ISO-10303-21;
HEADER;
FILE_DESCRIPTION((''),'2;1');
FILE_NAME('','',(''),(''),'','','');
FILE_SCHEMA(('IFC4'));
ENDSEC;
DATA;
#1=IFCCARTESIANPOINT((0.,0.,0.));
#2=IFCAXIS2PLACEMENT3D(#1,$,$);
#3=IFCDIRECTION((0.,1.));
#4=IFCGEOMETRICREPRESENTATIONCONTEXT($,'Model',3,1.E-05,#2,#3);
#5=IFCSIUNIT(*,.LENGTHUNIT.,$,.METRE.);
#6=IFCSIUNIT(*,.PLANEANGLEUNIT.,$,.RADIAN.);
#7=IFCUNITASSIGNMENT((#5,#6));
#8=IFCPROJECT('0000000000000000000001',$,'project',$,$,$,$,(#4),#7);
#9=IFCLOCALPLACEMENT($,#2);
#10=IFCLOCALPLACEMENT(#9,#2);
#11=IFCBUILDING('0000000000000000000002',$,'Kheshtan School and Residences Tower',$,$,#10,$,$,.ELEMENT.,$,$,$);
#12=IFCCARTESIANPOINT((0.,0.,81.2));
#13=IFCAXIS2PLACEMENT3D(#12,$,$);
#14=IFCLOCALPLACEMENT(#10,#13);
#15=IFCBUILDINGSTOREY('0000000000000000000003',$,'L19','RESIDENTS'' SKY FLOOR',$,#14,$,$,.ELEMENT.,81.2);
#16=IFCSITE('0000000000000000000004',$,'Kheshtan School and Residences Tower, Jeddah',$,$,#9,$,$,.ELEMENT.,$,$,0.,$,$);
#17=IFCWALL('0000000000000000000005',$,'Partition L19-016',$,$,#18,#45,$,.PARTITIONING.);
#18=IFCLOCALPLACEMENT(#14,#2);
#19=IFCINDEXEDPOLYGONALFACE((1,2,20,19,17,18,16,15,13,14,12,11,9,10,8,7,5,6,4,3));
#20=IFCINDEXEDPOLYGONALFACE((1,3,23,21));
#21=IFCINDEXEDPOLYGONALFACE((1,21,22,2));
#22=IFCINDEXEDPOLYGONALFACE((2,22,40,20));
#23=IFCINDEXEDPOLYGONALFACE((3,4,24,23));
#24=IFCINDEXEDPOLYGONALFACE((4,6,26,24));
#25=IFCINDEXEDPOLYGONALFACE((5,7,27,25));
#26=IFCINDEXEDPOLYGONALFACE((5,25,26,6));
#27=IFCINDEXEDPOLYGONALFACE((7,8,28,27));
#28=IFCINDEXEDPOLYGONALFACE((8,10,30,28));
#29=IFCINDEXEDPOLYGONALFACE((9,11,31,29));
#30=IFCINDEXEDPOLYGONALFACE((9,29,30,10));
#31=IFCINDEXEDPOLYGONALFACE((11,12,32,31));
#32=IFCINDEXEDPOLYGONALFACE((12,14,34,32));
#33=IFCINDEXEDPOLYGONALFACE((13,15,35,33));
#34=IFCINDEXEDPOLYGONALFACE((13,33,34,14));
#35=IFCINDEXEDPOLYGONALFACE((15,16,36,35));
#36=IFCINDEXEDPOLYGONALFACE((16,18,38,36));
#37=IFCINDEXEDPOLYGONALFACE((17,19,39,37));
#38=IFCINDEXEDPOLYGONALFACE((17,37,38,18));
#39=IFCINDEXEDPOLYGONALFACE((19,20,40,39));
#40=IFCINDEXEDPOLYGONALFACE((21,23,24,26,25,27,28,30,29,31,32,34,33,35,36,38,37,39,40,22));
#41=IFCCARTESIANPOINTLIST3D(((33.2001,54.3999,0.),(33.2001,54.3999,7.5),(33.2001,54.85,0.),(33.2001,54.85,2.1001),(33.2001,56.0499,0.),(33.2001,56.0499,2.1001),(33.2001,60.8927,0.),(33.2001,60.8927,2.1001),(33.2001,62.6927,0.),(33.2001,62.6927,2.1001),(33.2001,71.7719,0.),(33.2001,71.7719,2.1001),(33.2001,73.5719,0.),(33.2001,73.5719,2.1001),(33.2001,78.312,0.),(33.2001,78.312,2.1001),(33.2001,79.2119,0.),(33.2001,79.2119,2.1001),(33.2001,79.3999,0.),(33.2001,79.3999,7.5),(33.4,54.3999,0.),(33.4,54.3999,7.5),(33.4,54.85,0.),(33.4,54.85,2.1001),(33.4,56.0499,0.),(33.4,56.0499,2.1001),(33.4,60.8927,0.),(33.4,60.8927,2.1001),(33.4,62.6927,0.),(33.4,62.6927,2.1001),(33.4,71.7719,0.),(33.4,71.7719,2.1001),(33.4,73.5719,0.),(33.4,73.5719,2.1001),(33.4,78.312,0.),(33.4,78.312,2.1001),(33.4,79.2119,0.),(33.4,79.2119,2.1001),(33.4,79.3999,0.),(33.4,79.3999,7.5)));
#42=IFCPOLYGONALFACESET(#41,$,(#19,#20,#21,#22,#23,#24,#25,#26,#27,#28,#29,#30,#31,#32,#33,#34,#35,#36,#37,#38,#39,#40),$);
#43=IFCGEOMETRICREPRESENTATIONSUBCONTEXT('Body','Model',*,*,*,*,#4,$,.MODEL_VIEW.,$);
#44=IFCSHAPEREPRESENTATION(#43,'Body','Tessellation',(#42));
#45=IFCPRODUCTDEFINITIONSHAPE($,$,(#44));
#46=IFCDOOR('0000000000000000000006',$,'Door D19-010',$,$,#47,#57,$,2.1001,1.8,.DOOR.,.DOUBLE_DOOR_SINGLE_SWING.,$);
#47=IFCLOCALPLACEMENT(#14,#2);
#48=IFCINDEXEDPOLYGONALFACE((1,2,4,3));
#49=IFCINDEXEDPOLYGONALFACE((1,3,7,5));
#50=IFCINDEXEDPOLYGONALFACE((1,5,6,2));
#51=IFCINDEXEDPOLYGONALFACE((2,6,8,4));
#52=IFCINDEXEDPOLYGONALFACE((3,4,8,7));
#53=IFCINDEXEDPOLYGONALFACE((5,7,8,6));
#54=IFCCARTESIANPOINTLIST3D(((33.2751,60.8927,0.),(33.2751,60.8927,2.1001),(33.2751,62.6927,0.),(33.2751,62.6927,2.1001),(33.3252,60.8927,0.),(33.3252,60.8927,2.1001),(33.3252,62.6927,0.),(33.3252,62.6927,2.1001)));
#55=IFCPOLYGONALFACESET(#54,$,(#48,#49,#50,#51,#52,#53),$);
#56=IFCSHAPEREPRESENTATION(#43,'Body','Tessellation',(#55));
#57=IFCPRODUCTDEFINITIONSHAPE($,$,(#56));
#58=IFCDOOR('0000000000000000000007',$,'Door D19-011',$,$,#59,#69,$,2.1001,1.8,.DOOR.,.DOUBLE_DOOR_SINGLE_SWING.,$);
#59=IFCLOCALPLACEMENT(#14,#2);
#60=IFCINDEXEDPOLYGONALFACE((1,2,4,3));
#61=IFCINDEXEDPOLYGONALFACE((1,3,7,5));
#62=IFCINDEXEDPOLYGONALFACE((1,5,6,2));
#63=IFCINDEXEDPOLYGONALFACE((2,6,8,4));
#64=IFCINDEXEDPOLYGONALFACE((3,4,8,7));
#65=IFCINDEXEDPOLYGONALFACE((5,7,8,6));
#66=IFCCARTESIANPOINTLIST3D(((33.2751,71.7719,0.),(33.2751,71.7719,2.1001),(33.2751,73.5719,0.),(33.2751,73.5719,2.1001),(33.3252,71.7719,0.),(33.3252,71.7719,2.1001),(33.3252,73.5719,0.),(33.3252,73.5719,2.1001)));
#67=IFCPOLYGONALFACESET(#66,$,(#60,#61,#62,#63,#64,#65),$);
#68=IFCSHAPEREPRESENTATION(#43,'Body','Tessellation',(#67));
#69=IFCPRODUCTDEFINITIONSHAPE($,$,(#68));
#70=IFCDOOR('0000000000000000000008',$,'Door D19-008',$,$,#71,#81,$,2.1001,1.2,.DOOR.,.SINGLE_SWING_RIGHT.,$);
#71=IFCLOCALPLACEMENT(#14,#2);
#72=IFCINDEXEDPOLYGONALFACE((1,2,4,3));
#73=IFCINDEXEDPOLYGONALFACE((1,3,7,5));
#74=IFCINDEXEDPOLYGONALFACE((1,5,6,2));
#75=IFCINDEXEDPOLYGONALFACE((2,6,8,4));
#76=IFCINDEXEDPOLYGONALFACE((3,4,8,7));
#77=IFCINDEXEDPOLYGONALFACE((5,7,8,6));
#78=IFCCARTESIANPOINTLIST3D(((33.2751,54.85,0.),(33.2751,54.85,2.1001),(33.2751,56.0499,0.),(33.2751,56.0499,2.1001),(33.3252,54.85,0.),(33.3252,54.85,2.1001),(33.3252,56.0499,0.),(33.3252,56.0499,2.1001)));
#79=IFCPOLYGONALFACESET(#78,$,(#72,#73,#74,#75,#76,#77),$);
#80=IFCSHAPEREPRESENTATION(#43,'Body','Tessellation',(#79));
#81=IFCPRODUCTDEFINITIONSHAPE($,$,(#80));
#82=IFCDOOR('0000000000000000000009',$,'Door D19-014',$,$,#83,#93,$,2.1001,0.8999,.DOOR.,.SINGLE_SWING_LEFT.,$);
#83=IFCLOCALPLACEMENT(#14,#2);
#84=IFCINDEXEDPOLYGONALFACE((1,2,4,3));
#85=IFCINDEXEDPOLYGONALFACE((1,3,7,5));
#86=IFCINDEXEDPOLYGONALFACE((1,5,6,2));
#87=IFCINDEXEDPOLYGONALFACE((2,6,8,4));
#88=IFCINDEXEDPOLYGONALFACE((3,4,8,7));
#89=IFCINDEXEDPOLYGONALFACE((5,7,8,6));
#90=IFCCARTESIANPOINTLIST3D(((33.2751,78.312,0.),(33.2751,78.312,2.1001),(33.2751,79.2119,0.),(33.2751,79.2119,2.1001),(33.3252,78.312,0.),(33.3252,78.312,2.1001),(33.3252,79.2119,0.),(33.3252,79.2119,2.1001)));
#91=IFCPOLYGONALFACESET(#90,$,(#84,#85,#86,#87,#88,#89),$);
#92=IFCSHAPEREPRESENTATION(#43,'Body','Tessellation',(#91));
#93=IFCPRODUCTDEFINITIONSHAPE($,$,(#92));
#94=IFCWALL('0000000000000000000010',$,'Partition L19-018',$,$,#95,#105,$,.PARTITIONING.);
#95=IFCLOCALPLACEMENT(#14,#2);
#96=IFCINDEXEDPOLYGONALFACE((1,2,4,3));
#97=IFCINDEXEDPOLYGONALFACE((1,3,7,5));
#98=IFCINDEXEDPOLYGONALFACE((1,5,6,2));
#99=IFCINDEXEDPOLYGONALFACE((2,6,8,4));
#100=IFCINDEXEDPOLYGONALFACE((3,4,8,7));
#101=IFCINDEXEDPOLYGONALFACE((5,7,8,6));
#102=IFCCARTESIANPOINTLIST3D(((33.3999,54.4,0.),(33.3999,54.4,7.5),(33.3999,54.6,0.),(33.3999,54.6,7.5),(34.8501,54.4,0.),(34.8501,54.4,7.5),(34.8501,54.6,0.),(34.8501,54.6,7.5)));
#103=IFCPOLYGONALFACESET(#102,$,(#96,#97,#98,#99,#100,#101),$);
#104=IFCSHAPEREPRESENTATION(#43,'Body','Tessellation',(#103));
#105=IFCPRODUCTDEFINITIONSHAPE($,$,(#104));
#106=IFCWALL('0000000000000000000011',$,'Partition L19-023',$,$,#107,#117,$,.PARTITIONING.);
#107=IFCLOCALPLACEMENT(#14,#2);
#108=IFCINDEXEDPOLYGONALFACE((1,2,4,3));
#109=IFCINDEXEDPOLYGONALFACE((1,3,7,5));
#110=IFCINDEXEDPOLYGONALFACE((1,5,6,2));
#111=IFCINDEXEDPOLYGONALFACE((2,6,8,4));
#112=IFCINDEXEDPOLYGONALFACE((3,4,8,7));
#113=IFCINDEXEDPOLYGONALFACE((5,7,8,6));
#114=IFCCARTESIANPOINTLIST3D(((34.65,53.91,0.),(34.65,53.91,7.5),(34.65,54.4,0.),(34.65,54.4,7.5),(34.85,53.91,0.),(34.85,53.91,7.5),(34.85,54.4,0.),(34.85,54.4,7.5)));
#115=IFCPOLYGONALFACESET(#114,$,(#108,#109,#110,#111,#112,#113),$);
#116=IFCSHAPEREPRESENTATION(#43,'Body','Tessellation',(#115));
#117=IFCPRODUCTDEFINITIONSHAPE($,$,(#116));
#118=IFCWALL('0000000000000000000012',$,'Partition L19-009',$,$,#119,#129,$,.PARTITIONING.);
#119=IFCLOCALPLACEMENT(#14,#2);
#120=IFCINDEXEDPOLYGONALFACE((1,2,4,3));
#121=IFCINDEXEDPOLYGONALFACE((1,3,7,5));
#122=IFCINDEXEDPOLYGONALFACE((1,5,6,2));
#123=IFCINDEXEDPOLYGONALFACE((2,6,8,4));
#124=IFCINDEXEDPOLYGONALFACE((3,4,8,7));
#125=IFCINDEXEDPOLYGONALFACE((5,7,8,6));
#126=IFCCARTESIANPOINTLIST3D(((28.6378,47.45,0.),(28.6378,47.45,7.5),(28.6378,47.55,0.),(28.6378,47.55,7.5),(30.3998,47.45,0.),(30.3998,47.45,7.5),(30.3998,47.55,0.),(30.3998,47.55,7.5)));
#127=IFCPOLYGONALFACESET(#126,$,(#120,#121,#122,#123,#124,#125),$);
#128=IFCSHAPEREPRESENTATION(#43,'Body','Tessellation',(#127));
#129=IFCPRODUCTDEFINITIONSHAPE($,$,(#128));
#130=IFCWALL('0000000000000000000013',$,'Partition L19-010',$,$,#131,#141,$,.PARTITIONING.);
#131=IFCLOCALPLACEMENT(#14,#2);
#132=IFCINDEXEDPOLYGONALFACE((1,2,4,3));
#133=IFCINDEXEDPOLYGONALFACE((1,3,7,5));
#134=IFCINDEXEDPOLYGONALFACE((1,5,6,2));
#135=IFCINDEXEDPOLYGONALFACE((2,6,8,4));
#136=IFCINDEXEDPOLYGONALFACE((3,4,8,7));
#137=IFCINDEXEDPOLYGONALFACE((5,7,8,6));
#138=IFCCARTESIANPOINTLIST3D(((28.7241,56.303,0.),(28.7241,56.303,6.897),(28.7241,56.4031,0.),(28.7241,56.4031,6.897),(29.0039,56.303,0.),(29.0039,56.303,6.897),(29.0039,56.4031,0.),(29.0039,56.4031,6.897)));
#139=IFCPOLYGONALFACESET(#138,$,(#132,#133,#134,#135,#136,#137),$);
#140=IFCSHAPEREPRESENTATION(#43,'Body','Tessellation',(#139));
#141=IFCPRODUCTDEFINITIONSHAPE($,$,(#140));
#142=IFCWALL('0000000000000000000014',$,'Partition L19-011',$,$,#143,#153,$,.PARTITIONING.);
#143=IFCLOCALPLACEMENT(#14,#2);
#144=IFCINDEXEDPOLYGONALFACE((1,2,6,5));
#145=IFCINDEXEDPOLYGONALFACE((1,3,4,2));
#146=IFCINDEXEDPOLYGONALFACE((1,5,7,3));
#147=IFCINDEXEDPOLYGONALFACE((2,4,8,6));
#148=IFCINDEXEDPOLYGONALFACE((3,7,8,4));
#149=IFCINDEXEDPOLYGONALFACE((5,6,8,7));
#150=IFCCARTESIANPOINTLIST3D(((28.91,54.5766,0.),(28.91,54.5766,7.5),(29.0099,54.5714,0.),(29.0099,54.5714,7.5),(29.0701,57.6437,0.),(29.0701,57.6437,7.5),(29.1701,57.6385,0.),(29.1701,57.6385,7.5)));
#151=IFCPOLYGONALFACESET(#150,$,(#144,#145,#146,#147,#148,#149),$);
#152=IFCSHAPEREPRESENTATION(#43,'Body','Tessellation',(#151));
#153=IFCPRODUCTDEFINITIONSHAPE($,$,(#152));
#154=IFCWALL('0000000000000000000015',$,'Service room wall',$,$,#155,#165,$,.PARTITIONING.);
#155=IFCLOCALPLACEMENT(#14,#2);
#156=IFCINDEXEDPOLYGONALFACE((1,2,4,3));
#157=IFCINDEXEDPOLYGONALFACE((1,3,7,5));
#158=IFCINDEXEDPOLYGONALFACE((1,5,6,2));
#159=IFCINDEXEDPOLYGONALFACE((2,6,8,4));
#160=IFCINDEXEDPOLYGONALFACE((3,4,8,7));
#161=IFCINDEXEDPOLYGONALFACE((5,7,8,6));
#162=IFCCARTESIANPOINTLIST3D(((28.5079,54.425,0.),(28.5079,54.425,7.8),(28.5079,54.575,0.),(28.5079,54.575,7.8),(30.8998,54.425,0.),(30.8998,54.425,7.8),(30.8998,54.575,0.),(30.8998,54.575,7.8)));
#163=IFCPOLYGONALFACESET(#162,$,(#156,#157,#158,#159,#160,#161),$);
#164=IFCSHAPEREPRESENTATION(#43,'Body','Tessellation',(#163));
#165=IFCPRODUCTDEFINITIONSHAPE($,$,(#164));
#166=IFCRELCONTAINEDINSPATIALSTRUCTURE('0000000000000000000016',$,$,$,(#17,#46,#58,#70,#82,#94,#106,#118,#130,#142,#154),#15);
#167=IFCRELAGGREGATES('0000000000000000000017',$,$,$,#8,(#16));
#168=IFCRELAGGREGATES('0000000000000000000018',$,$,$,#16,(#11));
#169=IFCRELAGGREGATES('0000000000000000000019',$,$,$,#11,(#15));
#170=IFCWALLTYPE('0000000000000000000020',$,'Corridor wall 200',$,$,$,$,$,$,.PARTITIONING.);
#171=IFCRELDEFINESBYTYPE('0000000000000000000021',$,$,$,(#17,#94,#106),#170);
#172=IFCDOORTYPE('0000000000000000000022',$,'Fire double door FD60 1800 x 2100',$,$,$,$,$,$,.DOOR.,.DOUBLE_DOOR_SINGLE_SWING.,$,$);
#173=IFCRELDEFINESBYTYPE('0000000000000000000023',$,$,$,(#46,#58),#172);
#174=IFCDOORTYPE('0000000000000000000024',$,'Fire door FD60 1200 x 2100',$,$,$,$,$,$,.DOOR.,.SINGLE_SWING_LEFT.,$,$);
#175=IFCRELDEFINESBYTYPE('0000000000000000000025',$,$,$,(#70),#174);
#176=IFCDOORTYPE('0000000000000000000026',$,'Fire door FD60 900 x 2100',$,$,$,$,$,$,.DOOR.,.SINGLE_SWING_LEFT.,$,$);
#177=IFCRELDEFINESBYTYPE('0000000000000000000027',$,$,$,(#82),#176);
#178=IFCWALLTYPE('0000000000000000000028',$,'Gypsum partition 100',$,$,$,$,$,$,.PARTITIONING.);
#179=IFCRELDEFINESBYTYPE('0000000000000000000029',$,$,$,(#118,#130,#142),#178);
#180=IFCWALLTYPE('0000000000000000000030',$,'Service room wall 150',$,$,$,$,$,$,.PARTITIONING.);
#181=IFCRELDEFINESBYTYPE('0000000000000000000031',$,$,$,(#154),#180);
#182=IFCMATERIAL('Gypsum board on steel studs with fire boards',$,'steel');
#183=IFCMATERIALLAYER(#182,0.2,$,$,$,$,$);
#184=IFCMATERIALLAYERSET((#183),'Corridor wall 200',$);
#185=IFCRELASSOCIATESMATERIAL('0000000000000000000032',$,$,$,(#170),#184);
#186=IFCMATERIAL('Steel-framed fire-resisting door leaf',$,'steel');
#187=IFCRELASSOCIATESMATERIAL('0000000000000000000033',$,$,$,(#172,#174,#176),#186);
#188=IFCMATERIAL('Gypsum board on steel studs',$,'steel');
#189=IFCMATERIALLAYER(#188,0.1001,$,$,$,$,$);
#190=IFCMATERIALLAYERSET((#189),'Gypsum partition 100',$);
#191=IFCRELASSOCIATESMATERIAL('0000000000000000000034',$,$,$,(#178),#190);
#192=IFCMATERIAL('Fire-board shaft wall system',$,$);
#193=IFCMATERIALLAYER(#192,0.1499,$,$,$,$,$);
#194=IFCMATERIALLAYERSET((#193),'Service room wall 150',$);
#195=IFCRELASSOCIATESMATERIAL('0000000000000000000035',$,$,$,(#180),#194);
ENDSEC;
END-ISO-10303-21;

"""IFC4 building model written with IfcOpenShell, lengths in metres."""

from ifc_helpers import new_model, si_unit, direction, frame, frame_2d, origin, place, context, subcontext, project, spatial, rectangle, extrude, source, transform, mapped, material, layer, layer_set, type_object, element, fill, save


model = new_model("IFC4")

# Units and contexts
model_context = context("Model", 3, precision=1e-05, world=origin(), true_north=direction((0.0, 1.0)))
body_context = subcontext(model_context, "Body", "Model", "MODEL_VIEW")
ifc_project = project(units=[si_unit("LENGTHUNIT", "METRE"), si_unit("PLANEANGLEUNIT", "RADIAN")], contexts=[model_context])

# Site, building, storey
site_placement = place(None, origin())
site = spatial("IfcSite", under=ifc_project, at=site_placement, Name="Kheshtan School and Residences Tower, Jeddah", CompositionType="ELEMENT", RefElevation=0.0)
building_placement = place(site_placement, origin())
building = spatial("IfcBuilding", under=site, at=building_placement, Name="Kheshtan School and Residences Tower", CompositionType="ELEMENT")
storey_placement = place(building_placement, frame((0.0, 0.0, 81.2)))
storey = spatial("IfcBuildingStorey", under=building, at=storey_placement, Name="L19", Description="RESIDENTS' SKY FLOOR", CompositionType="ELEMENT", Elevation=81.2)

# Shared definitions
ifc_material_1 = material(Name="Gypsum board on steel studs with fire boards", Category="steel")
ifc_layer_1 = layer(ifc_material_1, 0.2)
ifc_layer_set_1 = layer_set([ifc_layer_1], Name="Corridor wall 200")
wall_type_1 = type_object("IfcWallType", Name="Corridor wall 200", PredefinedType="PARTITIONING", material=ifc_layer_set_1)
ifc_material_2 = material(Name="Steel-framed fire-resisting door leaf", Category="steel")
door_type_1 = type_object("IfcDoorType", Name="Fire double door FD60 1800 x 2100", OperationType="DOUBLE_DOOR_SINGLE_SWING", PredefinedType="DOOR", material=ifc_material_2)
shared_shape_1 = source(origin(), body_context, "Body", "SweptSolid", [
    extrude(rectangle(XDim=1.8, YDim=2.1001, at=frame_2d((0.8999, 1.05))), frame((0.0, 0.0249, 0.0), z_axis=(0.0, -1.0, 0.0), x_axis=(1.0, 0.0, 0.0)), (0.0, 0.0, 1.0), 0.05),
])

# Wall, openings, doors
wall_1_placement = place(storey_placement, frame((33.3, 54.3999, 0.0), z_axis=(0.0, 0.0, 1.0), x_axis=(0.0, 1.0, 0.0)))
wall_1 = element("IfcWall", 1, at=wall_1_placement, inside=storey, type_object=wall_type_1, Name="Partition L19-016", PredefinedType="PARTITIONING", context=body_context, shape_type="SweptSolid", body=[
    extrude(rectangle(XDim=25.0, YDim=0.2, at=frame_2d((12.5, 0.0))), origin(), (0.0, 0.0, 1.0), 7.5),
])
opening_1_placement = place(wall_1_placement, frame((0.45, 0.0, 0.0)))
opening_1 = element("IfcOpeningElement", 2, at=opening_1_placement, cuts=wall_1, PredefinedType="OPENING", context=body_context, shape_type="SweptSolid", body=[
    extrude(rectangle(XDim=1.2, YDim=2.1001, at=frame_2d((0.6001, 1.05))), frame((0.0, 0.1099, 0.0), z_axis=(0.0, -1.0, 0.0), x_axis=(1.0, 0.0, 0.0)), (0.0, 0.0, 1.0), 0.22),
])
opening_2_placement = place(wall_1_placement, frame((6.4929, 0.0, 0.0)))
opening_2 = element("IfcOpeningElement", 3, at=opening_2_placement, cuts=wall_1, PredefinedType="OPENING", context=body_context, shape_type="SweptSolid", body=[
    extrude(rectangle(XDim=1.8, YDim=2.1001, at=frame_2d((0.8999, 1.05))), frame((0.0, 0.1099, 0.0), z_axis=(0.0, -1.0, 0.0), x_axis=(1.0, 0.0, 0.0)), (0.0, 0.0, 1.0), 0.22),
])
opening_3_placement = place(wall_1_placement, frame((17.3721, 0.0, 0.0)))
opening_3 = element("IfcOpeningElement", 4, at=opening_3_placement, cuts=wall_1, PredefinedType="OPENING", context=body_context, shape_type="SweptSolid", body=[
    extrude(rectangle(XDim=1.8, YDim=2.1001, at=frame_2d((0.8999, 1.05))), frame((0.0, 0.1099, 0.0), z_axis=(0.0, -1.0, 0.0), x_axis=(1.0, 0.0, 0.0)), (0.0, 0.0, 1.0), 0.22),
])
opening_4_placement = place(wall_1_placement, frame((23.9121, 0.0, 0.0)))
opening_4 = element("IfcOpeningElement", 5, at=opening_4_placement, cuts=wall_1, PredefinedType="OPENING", context=body_context, shape_type="SweptSolid", body=[
    extrude(rectangle(XDim=0.8999, YDim=2.1001, at=frame_2d((0.45, 1.05))), frame((0.0, 0.1099, 0.0), z_axis=(0.0, -1.0, 0.0), x_axis=(1.0, 0.0, 0.0)), (0.0, 0.0, 1.0), 0.22),
])
door_1_placement = place(opening_2_placement, origin())
door_1 = element("IfcDoor", 6, at=door_1_placement, inside=storey, type_object=door_type_1, Name="Door D19-010", OperationType="DOUBLE_DOOR_SINGLE_SWING", OverallHeight=2.1001, OverallWidth=1.8, PredefinedType="DOOR", context=body_context, shape_type="MappedRepresentation", body=[
    mapped(shared_shape_1, transform((0.0, 0.0, 0.0), x_axis=(1.0, 0.0, 0.0), y_axis=(0.0, 1.0, 0.0), z_axis=(0.0, 0.0, 1.0), scale=1.0)),
])
fill(opening_2, door_1)
door_2_placement = place(opening_3_placement, origin())
door_2 = element("IfcDoor", 7, at=door_2_placement, inside=storey, type_object=door_type_1, Name="Door D19-011", OperationType="DOUBLE_DOOR_SINGLE_SWING", OverallHeight=2.1001, OverallWidth=1.8, PredefinedType="DOOR", context=body_context, shape_type="MappedRepresentation", body=[
    mapped(shared_shape_1, transform((0.0, 0.0, 0.0), x_axis=(1.0, 0.0, 0.0), y_axis=(0.0, 1.0, 0.0), z_axis=(0.0, 0.0, 1.0), scale=1.0)),
])
fill(opening_3, door_2)
door_type_2 = type_object("IfcDoorType", Name="Fire door FD60 1200 x 2100", OperationType="SINGLE_SWING_LEFT", PredefinedType="DOOR", material=ifc_material_2)
shared_shape_2 = source(origin(), body_context, "Body", "SweptSolid", [
    extrude(rectangle(XDim=1.2, YDim=2.1001, at=frame_2d((0.6001, 1.05))), frame((0.0, 0.0249, 0.0), z_axis=(0.0, -1.0, 0.0), x_axis=(1.0, 0.0, 0.0)), (0.0, 0.0, 1.0), 0.05),
])
door_3_placement = place(opening_1_placement, origin())
door_3 = element("IfcDoor", 8, at=door_3_placement, inside=storey, type_object=door_type_2, Name="Door D19-008", OperationType="SINGLE_SWING_RIGHT", OverallHeight=2.1001, OverallWidth=1.2, PredefinedType="DOOR", context=body_context, shape_type="MappedRepresentation", body=[
    mapped(shared_shape_2, transform((0.0, 0.0, 0.0), x_axis=(1.0, 0.0, 0.0), y_axis=(0.0, 1.0, 0.0), z_axis=(0.0, 0.0, 1.0), scale=1.0)),
])
fill(opening_1, door_3)
door_type_3 = type_object("IfcDoorType", Name="Fire door FD60 900 x 2100", OperationType="SINGLE_SWING_LEFT", PredefinedType="DOOR", material=ifc_material_2)
shared_shape_3 = source(origin(), body_context, "Body", "SweptSolid", [
    extrude(rectangle(XDim=0.8999, YDim=2.1001, at=frame_2d((0.45, 1.05))), frame((0.0, 0.0249, 0.0), z_axis=(0.0, -1.0, 0.0), x_axis=(1.0, 0.0, 0.0)), (0.0, 0.0, 1.0), 0.05),
])
door_4_placement = place(opening_4_placement, origin())
door_4 = element("IfcDoor", 9, at=door_4_placement, inside=storey, type_object=door_type_3, Name="Door D19-014", OperationType="SINGLE_SWING_LEFT", OverallHeight=2.1001, OverallWidth=0.8999, PredefinedType="DOOR", context=body_context, shape_type="MappedRepresentation", body=[
    mapped(shared_shape_3, transform((0.0, 0.0, 0.0), x_axis=(1.0, 0.0, 0.0), y_axis=(0.0, 1.0, 0.0), z_axis=(0.0, 0.0, 1.0), scale=1.0)),
])
fill(opening_4, door_4)

# Walls
wall_2_placement = place(storey_placement, frame((33.3999, 54.5, 0.0), z_axis=(0.0, 0.0, 1.0), x_axis=(1.0, 0.0, 0.0)))
element("IfcWall", 10, at=wall_2_placement, inside=storey, type_object=wall_type_1, Name="Partition L19-018", PredefinedType="PARTITIONING", context=body_context, shape_type="SweptSolid", body=[
    extrude(rectangle(XDim=1.4502, YDim=0.2, at=frame_2d((0.7251, 0.0))), origin(), (0.0, 0.0, 1.0), 7.5),
])
wall_3_placement = place(storey_placement, frame((34.75, 53.9099, 0.0), z_axis=(0.0, 0.0, 1.0), x_axis=(0.0, 1.0, 0.0)))
element("IfcWall", 11, at=wall_3_placement, inside=storey, type_object=wall_type_1, Name="Partition L19-023", PredefinedType="PARTITIONING", context=body_context, shape_type="SweptSolid", body=[
    extrude(rectangle(XDim=0.49, YDim=0.2, at=frame_2d((0.2451, 0.0))), origin(), (0.0, 0.0, 1.0), 7.5),
])
ifc_material_3 = material(Name="Gypsum board on steel studs", Category="steel")
ifc_layer_2 = layer(ifc_material_3, 0.1001)
ifc_layer_set_2 = layer_set([ifc_layer_2], Name="Gypsum partition 100")
wall_type_2 = type_object("IfcWallType", Name="Gypsum partition 100", PredefinedType="PARTITIONING", material=ifc_layer_set_2)
wall_4_placement = place(storey_placement, frame((28.6379, 47.5, 0.0), z_axis=(0.0, 0.0, 1.0), x_axis=(1.0, 0.0, 0.0)))
element("IfcWall", 12, at=wall_4_placement, inside=storey, type_object=wall_type_2, Name="Partition L19-009", PredefinedType="PARTITIONING", context=body_context, shape_type="SweptSolid", body=[
    extrude(rectangle(XDim=1.762, YDim=0.1001, at=frame_2d((0.8809, 0.0))), origin(), (0.0, 0.0, 1.0), 7.5),
])
wall_5_placement = place(storey_placement, frame((28.7241, 56.353, 0.0), z_axis=(0.0, 0.0, 1.0), x_axis=(1.0, 0.0, 0.0)))
element("IfcWall", 13, at=wall_5_placement, inside=storey, type_object=wall_type_2, Name="Partition L19-010", PredefinedType="PARTITIONING", context=body_context, shape_type="SweptSolid", body=[
    extrude(rectangle(XDim=0.2798, YDim=0.1001, at=frame_2d((0.1399, 0.0))), origin(), (0.0, 0.0, 1.0), 6.897),
])
wall_6_placement = place(storey_placement, frame((28.96, 54.574, 0.0), z_axis=(0.0, 0.0, 1.0), x_axis=(0.052146, 0.998639, 0.0)))
element("IfcWall", 14, at=wall_6_placement, inside=storey, type_object=wall_type_2, Name="Partition L19-011", PredefinedType="PARTITIONING", context=body_context, shape_type="SweptSolid", body=[
    extrude(rectangle(XDim=3.0713, YDim=0.1001, at=frame_2d((1.5356, 0.0))), origin(), (0.0, 0.0, 1.0), 7.5),
])
ifc_material_4 = material(Name="Fire-board shaft wall system")
ifc_layer_3 = layer(ifc_material_4, 0.1499)
ifc_layer_set_3 = layer_set([ifc_layer_3], Name="Service room wall 150")
wall_type_3 = type_object("IfcWallType", Name="Service room wall 150", PredefinedType="PARTITIONING", material=ifc_layer_set_3)
wall_7_placement = place(storey_placement, frame((28.5081, 54.5, 0.0), z_axis=(0.0, 0.0, 1.0), x_axis=(1.0, 0.0, 0.0)))
element("IfcWall", 15, at=wall_7_placement, inside=storey, type_object=wall_type_3, Name="Service room wall", PredefinedType="PARTITIONING", context=body_context, shape_type="SweptSolid", body=[
    extrude(rectangle(XDim=2.3918, YDim=0.1499, at=frame_2d((1.1958, 0.0))), origin(), (0.0, 0.0, 1.0), 7.8),
])

save(model, "model.ifc")
